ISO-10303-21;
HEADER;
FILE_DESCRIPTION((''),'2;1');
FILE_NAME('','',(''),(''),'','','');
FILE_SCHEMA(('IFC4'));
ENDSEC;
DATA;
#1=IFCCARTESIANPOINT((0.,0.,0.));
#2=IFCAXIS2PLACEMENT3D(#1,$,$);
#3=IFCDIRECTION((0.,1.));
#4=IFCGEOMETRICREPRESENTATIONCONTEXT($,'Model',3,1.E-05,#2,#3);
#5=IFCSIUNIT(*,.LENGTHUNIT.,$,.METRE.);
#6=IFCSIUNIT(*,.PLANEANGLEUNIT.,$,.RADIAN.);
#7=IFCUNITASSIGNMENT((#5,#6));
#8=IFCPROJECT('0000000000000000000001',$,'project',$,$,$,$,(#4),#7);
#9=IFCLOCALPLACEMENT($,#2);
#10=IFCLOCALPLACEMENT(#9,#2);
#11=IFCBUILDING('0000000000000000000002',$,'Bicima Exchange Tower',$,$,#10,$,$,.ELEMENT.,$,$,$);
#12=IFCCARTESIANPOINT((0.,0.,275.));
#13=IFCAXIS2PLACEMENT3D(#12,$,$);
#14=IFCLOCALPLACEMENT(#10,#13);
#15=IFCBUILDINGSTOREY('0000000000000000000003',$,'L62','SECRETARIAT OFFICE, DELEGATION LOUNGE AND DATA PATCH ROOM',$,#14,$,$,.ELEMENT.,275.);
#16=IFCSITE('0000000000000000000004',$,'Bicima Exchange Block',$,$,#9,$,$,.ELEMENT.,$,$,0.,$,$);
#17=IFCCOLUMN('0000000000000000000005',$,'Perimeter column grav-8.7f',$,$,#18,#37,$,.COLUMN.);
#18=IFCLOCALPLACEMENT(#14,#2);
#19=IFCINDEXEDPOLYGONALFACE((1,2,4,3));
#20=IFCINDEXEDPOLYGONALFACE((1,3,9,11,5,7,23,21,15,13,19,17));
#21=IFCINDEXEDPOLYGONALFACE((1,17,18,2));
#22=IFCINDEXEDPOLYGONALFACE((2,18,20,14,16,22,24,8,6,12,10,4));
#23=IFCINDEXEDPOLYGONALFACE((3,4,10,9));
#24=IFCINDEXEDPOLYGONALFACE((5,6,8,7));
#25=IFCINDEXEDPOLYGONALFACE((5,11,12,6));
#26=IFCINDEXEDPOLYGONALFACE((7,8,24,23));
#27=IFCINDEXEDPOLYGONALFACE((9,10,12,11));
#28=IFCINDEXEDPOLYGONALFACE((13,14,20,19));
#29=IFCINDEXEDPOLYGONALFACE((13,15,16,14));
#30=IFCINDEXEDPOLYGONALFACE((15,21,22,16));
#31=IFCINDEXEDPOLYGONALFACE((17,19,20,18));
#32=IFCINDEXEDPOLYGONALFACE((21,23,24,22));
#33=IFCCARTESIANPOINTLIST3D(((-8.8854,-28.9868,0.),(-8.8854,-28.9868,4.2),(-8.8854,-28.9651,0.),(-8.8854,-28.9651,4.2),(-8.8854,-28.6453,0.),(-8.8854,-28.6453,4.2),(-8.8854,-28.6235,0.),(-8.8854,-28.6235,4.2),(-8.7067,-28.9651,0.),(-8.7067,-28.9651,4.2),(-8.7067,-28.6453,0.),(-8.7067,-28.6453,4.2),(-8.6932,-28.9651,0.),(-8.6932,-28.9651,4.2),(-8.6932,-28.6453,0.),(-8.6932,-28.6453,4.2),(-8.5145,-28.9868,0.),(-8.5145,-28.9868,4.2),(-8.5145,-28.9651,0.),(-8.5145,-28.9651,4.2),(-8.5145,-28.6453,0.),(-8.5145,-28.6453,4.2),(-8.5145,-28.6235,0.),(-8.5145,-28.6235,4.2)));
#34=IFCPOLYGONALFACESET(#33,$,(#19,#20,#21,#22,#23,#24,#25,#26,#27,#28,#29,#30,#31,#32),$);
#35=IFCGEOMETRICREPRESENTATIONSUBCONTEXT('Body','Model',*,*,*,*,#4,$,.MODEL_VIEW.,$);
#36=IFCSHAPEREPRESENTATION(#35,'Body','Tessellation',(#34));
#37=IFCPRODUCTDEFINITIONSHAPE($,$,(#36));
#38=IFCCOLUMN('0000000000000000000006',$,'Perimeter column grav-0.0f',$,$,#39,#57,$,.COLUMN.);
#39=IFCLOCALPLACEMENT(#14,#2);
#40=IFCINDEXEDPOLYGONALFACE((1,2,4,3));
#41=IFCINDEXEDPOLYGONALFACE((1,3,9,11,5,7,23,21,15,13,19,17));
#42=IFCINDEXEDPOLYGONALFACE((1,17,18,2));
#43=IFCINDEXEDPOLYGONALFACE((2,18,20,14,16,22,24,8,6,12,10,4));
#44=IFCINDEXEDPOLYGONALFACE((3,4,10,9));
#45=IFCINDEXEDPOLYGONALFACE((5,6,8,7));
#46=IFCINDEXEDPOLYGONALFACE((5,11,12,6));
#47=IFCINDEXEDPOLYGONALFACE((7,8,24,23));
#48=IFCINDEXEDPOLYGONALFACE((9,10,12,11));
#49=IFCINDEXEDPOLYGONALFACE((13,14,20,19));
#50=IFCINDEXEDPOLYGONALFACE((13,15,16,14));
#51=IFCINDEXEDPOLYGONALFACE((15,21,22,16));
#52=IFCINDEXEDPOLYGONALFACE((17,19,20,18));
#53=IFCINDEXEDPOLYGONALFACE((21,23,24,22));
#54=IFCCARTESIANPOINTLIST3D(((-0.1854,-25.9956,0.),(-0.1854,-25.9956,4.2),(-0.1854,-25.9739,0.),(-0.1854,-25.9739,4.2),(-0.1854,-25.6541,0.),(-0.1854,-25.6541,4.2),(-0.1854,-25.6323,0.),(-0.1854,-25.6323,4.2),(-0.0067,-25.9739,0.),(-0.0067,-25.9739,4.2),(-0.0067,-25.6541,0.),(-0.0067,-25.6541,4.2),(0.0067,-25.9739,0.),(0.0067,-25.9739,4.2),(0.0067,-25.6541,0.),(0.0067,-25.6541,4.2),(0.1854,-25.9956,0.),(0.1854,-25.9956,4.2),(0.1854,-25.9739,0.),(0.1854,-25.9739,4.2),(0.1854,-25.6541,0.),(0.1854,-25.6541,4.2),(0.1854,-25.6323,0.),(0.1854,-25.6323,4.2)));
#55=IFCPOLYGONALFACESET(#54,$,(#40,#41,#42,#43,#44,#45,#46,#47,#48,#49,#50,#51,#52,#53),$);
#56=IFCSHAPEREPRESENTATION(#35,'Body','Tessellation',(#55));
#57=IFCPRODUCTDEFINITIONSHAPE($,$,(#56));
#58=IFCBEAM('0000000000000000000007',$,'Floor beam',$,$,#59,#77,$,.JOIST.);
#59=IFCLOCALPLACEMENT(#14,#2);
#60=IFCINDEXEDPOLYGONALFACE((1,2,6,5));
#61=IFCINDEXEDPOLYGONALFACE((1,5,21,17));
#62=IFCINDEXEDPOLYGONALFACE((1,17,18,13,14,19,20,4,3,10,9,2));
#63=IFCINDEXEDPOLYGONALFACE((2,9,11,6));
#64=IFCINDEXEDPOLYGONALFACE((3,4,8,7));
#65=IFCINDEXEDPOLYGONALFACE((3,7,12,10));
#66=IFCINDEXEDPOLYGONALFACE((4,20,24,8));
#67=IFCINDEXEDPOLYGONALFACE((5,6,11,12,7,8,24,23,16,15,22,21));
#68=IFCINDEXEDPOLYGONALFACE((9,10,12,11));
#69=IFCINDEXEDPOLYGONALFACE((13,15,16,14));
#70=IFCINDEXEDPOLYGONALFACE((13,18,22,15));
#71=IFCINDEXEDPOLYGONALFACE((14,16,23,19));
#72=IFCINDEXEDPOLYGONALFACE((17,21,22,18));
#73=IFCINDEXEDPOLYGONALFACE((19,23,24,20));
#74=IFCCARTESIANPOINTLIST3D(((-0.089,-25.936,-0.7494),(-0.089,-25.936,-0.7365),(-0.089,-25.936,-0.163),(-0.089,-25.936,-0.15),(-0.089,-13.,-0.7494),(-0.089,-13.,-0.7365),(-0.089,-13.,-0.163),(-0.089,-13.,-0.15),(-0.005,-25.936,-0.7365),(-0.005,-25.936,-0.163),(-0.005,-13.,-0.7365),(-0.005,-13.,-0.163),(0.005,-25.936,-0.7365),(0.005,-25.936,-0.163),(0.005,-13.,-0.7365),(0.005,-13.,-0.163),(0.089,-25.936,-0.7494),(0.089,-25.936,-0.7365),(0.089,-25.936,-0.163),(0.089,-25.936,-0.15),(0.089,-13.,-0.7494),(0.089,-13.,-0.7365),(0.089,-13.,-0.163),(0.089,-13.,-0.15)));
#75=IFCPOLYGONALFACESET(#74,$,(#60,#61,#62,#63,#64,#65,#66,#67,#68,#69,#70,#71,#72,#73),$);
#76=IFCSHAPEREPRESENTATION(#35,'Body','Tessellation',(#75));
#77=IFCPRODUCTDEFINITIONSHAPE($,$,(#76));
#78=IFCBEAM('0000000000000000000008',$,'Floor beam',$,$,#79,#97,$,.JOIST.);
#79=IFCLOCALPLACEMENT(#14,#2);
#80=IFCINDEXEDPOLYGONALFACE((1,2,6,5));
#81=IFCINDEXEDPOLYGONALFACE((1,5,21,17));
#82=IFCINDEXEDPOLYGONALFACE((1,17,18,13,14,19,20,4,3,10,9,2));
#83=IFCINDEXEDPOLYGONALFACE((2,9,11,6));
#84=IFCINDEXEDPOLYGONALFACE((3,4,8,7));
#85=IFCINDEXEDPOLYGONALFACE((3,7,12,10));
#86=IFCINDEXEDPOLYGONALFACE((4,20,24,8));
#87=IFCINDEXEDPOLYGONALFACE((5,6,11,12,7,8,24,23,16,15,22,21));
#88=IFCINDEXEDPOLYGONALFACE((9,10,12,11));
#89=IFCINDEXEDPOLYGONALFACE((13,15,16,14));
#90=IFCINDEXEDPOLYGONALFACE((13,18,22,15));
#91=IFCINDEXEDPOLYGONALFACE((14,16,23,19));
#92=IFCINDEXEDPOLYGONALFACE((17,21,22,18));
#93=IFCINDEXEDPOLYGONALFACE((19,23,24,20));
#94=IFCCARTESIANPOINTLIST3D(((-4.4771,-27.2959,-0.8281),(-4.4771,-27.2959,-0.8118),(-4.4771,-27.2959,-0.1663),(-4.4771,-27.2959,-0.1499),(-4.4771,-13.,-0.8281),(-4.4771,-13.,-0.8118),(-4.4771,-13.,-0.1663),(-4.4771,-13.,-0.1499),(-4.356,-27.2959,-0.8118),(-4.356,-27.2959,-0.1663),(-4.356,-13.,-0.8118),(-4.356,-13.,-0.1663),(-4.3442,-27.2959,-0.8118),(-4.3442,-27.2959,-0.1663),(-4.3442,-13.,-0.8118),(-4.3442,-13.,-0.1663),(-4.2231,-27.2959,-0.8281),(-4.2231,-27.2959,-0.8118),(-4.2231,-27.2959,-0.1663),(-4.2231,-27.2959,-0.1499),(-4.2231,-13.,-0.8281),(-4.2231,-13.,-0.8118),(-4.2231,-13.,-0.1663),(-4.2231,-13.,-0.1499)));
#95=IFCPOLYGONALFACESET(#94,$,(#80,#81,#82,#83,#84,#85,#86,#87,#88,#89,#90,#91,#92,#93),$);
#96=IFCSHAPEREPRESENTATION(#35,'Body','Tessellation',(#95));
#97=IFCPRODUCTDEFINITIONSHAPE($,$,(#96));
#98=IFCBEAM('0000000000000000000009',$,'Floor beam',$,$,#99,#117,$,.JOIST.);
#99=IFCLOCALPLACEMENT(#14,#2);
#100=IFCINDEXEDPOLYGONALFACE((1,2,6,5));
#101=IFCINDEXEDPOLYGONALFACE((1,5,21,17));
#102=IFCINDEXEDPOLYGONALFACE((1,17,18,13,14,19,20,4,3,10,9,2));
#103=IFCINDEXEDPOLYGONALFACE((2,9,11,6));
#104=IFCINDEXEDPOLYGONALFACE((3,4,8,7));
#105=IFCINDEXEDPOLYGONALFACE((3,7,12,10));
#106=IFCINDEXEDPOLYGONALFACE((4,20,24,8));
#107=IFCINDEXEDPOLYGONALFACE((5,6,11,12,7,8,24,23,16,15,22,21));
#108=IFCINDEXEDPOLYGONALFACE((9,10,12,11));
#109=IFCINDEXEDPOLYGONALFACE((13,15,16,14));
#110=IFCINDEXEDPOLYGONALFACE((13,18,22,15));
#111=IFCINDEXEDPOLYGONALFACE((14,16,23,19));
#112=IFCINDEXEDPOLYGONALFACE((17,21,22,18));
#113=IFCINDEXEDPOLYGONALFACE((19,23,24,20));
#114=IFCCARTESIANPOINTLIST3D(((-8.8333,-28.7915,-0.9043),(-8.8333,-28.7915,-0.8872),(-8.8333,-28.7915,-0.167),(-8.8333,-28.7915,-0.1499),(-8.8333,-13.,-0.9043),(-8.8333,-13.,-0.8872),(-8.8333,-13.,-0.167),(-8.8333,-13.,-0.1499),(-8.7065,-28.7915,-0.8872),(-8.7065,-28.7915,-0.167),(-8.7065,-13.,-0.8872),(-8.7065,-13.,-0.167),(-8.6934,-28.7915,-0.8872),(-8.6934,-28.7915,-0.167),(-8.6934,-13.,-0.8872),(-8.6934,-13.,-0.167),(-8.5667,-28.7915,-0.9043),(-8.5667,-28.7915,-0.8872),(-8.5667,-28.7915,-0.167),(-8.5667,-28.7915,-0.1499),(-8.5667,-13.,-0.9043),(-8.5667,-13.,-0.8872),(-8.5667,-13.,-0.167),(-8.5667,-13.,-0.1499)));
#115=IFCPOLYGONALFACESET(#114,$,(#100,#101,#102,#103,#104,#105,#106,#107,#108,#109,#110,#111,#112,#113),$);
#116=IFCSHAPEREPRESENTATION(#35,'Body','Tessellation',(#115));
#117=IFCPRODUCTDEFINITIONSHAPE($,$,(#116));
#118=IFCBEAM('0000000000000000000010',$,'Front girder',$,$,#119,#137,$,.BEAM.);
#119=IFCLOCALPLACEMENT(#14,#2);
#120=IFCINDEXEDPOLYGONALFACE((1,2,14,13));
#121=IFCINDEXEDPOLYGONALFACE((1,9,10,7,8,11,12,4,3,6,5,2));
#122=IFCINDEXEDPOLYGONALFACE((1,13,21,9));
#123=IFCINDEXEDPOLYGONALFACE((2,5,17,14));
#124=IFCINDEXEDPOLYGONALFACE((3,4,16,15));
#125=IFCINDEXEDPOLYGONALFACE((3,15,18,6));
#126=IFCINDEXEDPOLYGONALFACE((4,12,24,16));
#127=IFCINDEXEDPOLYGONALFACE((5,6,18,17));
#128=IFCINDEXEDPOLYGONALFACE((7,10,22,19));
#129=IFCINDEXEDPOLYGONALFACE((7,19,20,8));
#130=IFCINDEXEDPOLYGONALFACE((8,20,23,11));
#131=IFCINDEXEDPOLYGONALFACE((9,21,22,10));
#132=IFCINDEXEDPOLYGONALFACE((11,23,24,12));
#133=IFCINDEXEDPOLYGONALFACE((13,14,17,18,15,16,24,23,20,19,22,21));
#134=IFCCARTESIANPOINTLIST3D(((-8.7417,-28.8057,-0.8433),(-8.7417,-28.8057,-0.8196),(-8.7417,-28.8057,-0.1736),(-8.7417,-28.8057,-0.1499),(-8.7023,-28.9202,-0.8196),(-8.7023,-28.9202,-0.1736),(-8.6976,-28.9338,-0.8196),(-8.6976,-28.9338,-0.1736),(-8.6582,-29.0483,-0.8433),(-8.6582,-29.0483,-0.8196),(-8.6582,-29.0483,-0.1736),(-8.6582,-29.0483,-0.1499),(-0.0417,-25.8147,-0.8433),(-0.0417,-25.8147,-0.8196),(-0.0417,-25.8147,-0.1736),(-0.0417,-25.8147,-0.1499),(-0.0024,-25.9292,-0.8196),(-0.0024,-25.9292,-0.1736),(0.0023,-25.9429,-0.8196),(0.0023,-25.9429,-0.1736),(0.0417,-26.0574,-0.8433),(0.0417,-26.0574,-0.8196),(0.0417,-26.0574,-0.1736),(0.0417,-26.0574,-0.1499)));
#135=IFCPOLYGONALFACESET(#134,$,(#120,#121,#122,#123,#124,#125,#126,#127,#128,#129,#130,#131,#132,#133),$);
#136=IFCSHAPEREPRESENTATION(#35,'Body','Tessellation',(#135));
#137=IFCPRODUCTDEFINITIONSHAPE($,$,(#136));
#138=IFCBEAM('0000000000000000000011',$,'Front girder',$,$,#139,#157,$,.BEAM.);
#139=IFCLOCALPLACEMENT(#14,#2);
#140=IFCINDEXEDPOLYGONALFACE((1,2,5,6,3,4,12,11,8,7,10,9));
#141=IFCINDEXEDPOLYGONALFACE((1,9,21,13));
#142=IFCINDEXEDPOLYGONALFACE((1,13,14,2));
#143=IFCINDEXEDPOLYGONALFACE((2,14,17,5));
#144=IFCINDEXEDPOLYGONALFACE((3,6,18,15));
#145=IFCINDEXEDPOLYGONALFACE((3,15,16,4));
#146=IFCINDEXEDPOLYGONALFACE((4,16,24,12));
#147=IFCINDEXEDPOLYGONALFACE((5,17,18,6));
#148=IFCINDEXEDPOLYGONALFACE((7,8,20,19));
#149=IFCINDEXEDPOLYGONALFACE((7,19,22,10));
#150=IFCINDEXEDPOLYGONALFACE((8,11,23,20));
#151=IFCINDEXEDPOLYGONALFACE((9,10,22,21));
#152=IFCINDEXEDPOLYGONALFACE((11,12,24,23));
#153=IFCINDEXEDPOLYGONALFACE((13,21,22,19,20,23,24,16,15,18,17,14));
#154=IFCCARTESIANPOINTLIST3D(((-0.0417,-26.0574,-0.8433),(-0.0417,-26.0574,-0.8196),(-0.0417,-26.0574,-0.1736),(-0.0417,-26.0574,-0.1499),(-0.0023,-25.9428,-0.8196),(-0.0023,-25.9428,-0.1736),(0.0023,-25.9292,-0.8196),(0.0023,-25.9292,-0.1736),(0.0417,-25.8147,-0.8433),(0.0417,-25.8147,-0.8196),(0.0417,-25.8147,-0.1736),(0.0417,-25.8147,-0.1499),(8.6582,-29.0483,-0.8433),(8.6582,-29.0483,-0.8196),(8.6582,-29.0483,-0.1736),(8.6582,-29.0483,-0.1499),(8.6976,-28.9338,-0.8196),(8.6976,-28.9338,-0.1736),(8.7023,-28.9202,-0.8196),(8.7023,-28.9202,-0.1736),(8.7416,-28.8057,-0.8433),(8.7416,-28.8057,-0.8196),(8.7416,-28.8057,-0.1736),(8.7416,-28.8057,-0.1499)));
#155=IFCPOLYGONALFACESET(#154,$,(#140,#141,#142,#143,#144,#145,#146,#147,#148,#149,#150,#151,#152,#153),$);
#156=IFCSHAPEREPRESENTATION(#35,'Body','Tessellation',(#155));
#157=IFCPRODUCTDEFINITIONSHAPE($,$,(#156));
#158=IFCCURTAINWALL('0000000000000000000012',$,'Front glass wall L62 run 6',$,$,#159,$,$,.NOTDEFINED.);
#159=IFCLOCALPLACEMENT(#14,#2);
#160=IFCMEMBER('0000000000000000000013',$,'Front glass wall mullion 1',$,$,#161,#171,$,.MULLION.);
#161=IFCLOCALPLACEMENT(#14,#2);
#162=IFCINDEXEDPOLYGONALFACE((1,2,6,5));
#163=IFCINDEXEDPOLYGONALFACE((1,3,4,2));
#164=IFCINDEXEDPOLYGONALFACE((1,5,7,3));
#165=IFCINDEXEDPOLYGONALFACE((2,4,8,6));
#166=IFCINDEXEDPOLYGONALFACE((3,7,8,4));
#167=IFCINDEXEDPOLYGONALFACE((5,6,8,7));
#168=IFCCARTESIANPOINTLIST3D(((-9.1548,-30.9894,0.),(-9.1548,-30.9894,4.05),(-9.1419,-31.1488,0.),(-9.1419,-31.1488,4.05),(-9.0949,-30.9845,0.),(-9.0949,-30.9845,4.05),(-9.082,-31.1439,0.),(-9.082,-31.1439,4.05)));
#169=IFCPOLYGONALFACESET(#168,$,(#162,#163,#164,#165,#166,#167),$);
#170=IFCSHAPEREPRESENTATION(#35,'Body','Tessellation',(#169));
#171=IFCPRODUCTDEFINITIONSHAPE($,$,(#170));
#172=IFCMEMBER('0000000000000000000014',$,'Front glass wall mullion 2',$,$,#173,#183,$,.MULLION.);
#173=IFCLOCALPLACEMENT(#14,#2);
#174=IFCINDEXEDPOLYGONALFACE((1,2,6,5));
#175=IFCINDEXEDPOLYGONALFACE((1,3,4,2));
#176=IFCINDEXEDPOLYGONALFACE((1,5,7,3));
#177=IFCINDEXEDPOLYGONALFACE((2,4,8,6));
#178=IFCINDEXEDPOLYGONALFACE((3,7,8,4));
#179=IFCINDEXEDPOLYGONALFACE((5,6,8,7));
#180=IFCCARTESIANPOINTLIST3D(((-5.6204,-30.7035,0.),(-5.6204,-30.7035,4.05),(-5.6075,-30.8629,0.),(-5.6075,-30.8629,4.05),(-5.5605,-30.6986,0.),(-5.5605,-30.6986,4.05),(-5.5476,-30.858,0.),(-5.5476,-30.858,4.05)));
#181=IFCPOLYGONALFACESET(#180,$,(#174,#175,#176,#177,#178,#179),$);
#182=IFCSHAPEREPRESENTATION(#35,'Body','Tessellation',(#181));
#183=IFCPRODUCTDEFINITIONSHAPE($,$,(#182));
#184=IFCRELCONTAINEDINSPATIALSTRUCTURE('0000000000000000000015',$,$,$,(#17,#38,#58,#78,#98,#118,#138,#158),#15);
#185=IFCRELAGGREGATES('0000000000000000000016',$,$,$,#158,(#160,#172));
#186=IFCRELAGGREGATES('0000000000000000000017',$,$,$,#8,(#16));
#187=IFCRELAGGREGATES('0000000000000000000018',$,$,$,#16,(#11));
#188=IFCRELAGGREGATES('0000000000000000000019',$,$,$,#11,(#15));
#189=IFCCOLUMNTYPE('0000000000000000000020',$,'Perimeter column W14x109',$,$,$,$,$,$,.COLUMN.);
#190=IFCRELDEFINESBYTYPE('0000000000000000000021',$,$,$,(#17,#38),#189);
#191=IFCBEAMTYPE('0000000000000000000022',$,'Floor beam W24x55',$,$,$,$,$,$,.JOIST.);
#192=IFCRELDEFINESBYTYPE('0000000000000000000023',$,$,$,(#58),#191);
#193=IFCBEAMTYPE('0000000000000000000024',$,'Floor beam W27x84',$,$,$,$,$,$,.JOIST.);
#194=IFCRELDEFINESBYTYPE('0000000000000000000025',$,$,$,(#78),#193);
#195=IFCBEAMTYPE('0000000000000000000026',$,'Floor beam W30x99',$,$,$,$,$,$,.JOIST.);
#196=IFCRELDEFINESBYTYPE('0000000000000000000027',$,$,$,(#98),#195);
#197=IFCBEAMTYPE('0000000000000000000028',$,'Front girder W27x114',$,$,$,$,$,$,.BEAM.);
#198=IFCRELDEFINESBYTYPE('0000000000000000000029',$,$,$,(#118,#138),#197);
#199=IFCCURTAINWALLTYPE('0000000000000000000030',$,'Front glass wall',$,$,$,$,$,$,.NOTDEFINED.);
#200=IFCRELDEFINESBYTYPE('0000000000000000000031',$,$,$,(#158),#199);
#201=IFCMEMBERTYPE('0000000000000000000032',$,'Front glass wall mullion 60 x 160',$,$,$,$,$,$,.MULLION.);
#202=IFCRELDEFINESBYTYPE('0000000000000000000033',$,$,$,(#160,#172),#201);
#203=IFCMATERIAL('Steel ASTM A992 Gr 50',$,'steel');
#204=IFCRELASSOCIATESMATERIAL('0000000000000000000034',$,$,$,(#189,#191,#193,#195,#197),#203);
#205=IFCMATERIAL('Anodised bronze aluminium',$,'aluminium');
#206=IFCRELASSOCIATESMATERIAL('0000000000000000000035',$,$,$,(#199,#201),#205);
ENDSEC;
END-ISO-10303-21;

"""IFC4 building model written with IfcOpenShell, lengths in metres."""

from ifc_helpers import new_model, si_unit, direction, frame, origin, origin_2d, place, context, subcontext, project, spatial, rectangle, i_section, extrude, material, material_profile, profile_set, type_object, element, aggregate, save


model = new_model("IFC4")

# Units and contexts
model_context = context("Model", 3, precision=1e-05, world=origin(), true_north=direction((0.0, 1.0)))
body_context = subcontext(model_context, "Body", "Model", "MODEL_VIEW")
ifc_project = project(units=[si_unit("LENGTHUNIT", "METRE"), si_unit("PLANEANGLEUNIT", "RADIAN")], contexts=[model_context])

# Site, building, storey
site_placement = place(None, origin())
site = spatial("IfcSite", under=ifc_project, at=site_placement, Name="Bicima Exchange Block", CompositionType="ELEMENT", RefElevation=0.0)
building_placement = place(site_placement, origin())
building = spatial("IfcBuilding", under=site, at=building_placement, Name="Bicima Exchange Tower", CompositionType="ELEMENT")
storey_placement = place(building_placement, frame((0.0, 0.0, 275.0)))
storey = spatial("IfcBuildingStorey", under=building, at=storey_placement, Name="L62", Description="SECRETARIAT OFFICE, DELEGATION LOUNGE AND DATA PATCH ROOM", CompositionType="ELEMENT", Elevation=275.0)

# Columns
ifc_material_1 = material(Name="Steel ASTM A992 Gr 50", Category="steel")
ifc_material_profile_1 = material_profile(ifc_material_1, i_section(OverallWidth=0.3708, OverallDepth=0.3633, WebThickness=0.0134, FlangeThickness=0.0217, at=origin_2d()))
ifc_profile_set_1 = profile_set([ifc_material_profile_1], Name="Steel ASTM A992 Gr 50")
column_type = type_object("IfcColumnType", Name="Perimeter column W14x109", PredefinedType="COLUMN", material=ifc_profile_set_1)
for number, where, z_axis, x_axis, name in (
    (1, (-8.7, -28.8052, 0.0), (0.0, 0.0, 1.0), (1.0, 0.0, 0.0), "Perimeter column grav-8.7f"),
    (2, (0.0, -25.814, 0.0), (0.0, 0.0, 1.0), (1.0, 0.0, 0.0), "Perimeter column grav-0.0f"),
):
    element("IfcColumn", number, at=place(storey_placement, frame(where, z_axis=z_axis, x_axis=x_axis)), inside=storey, type_object=column_type, Name=name, PredefinedType="COLUMN", context=body_context, shape_type="SweptSolid", body=[
        extrude(i_section(OverallWidth=0.3708, OverallDepth=0.3633, WebThickness=0.0134, FlangeThickness=0.0217, at=origin_2d()), origin(), (0.0, 0.0, 1.0), 4.2),
    ])

# Beams
ifc_material_profile_2 = material_profile(ifc_material_1, i_section(OverallWidth=0.178, OverallDepth=0.5994, WebThickness=0.01, FlangeThickness=0.0129, at=origin_2d()))
ifc_profile_set_2 = profile_set([ifc_material_profile_2], Name="Steel ASTM A992 Gr 50")
beam_type_1 = type_object("IfcBeamType", Name="Floor beam W24x55", PredefinedType="JOIST", material=ifc_profile_set_2)
beam_1_placement = place(storey_placement, frame((0.0, -13.0, -0.4497), z_axis=(0.0, -1.0, 0.0), x_axis=(1.0, 0.0, 0.0)))
element("IfcBeam", 3, at=beam_1_placement, inside=storey, type_object=beam_type_1, Name="Floor beam", PredefinedType="JOIST", context=body_context, shape_type="SweptSolid", body=[
    extrude(i_section(OverallWidth=0.178, OverallDepth=0.5994, WebThickness=0.01, FlangeThickness=0.0129, at=origin_2d()), origin(), (0.0, 0.0, 1.0), 12.936),
])
ifc_material_profile_3 = material_profile(ifc_material_1, i_section(OverallWidth=0.2539, OverallDepth=0.6782, WebThickness=0.0117, FlangeThickness=0.0164, at=origin_2d()))
ifc_profile_set_3 = profile_set([ifc_material_profile_3], Name="Steel ASTM A992 Gr 50")
beam_type_2 = type_object("IfcBeamType", Name="Floor beam W27x84", PredefinedType="JOIST", material=ifc_profile_set_3)
beam_2_placement = place(storey_placement, frame((-4.3501, -13.0, -0.489), z_axis=(0.0, -1.0, 0.0), x_axis=(1.0, 0.0, 0.0)))
element("IfcBeam", 4, at=beam_2_placement, inside=storey, type_object=beam_type_2, Name="Floor beam", PredefinedType="JOIST", context=body_context, shape_type="SweptSolid", body=[
    extrude(i_section(OverallWidth=0.2539, OverallDepth=0.6782, WebThickness=0.0117, FlangeThickness=0.0164, at=origin_2d()), origin(), (0.0, 0.0, 1.0), 14.2959),
])
ifc_material_profile_4 = material_profile(ifc_material_1, i_section(OverallWidth=0.2666, OverallDepth=0.7544, WebThickness=0.0132, FlangeThickness=0.0171, at=origin_2d()))
ifc_profile_set_4 = profile_set([ifc_material_profile_4], Name="Steel ASTM A992 Gr 50")
beam_type_3 = type_object("IfcBeamType", Name="Floor beam W30x99", PredefinedType="JOIST", material=ifc_profile_set_4)
beam_3_placement = place(storey_placement, frame((-8.7, -13.0, -0.5271), z_axis=(0.0, -1.0, 0.0), x_axis=(1.0, 0.0, 0.0)))
element("IfcBeam", 5, at=beam_3_placement, inside=storey, type_object=beam_type_3, Name="Floor beam", PredefinedType="JOIST", context=body_context, shape_type="SweptSolid", body=[
    extrude(i_section(OverallWidth=0.2666, OverallDepth=0.7544, WebThickness=0.0132, FlangeThickness=0.0171, at=origin_2d()), origin(), (0.0, 0.0, 1.0), 15.7915),
])
ifc_material_profile_5 = material_profile(ifc_material_1, i_section(OverallWidth=0.2566, OverallDepth=0.6934, WebThickness=0.0144, FlangeThickness=0.0237, at=origin_2d()))
ifc_profile_set_5 = profile_set([ifc_material_profile_5], Name="Steel ASTM A992 Gr 50")
beam_type_4 = type_object("IfcBeamType", Name="Front girder W27x114", PredefinedType="BEAM", material=ifc_profile_set_5)
for number, where, z_axis, x_axis, name in (
    (6, (-8.7, -28.927, -0.4966), (0.945675, 0.325115, 0.0), (-0.325115, 0.945675, 0.0), "Front girder"),
    (7, (0.0, -25.936, -0.4966), (0.945675, -0.325115, 0.0), (0.325115, 0.945675, 0.0), "Front girder"),
):
    element("IfcBeam", number, at=place(storey_placement, frame(where, z_axis=z_axis, x_axis=x_axis)), inside=storey, type_object=beam_type_4, Name=name, PredefinedType="BEAM", context=body_context, shape_type="SweptSolid", body=[
        extrude(i_section(OverallWidth=0.2566, OverallDepth=0.6934, WebThickness=0.0144, FlangeThickness=0.0237, at=origin_2d()), origin(), (0.0, 0.0, 1.0), 9.1997),
    ])

# Curtain wall, members
ifc_material_2 = material(Name="Anodised bronze aluminium", Category="aluminium")
curtain_wall_type = type_object("IfcCurtainWallType", Name="Front glass wall", PredefinedType="NOTDEFINED", material=ifc_material_2)
curtain_wall_placement = place(storey_placement, origin())
curtain_wall = element("IfcCurtainWall", 8, at=curtain_wall_placement, inside=storey, type_object=curtain_wall_type, Name="Front glass wall L62 run 6", PredefinedType="NOTDEFINED")
ifc_material_profile_6 = material_profile(ifc_material_2, rectangle(XDim=0.1599, YDim=0.0601, at=origin_2d()))
ifc_profile_set_6 = profile_set([ifc_material_profile_6], Name="Anodised bronze aluminium")
member_type_1 = type_object("IfcMemberType", Name="Front glass wall mullion 60 x 160", PredefinedType="MULLION", material=ifc_profile_set_6)
member_1_placement = place(storey_placement, frame((-9.1184, -31.0667, 0.0), z_axis=(0.0, 0.0, 1.0), x_axis=(-0.080589, 0.996747, 0.0)))
member_1 = element("IfcMember", 9, at=member_1_placement, type_object=member_type_1, Name="Front glass wall mullion 1", PredefinedType="MULLION", context=body_context, shape_type="SweptSolid", body=[
    extrude(rectangle(XDim=0.1599, YDim=0.0601, at=origin_2d()), origin(), (0.0, 0.0, 1.0), 4.05),
])
member_2_placement = place(storey_placement, frame((-5.584, -30.7808, 0.0), z_axis=(0.0, 0.0, 1.0), x_axis=(-0.080589, 0.996747, 0.0)))
member_2 = element("IfcMember", 10, at=member_2_placement, type_object=member_type_1, Name="Front glass wall mullion 2", PredefinedType="MULLION", context=body_context, shape_type="SweptSolid", body=[
    extrude(rectangle(XDim=0.1599, YDim=0.0601, at=origin_2d()), origin(), (0.0, 0.0, 1.0), 4.05),
])
aggregate(curtain_wall, [member_1, member_2])

save(model, "model.ifc")
